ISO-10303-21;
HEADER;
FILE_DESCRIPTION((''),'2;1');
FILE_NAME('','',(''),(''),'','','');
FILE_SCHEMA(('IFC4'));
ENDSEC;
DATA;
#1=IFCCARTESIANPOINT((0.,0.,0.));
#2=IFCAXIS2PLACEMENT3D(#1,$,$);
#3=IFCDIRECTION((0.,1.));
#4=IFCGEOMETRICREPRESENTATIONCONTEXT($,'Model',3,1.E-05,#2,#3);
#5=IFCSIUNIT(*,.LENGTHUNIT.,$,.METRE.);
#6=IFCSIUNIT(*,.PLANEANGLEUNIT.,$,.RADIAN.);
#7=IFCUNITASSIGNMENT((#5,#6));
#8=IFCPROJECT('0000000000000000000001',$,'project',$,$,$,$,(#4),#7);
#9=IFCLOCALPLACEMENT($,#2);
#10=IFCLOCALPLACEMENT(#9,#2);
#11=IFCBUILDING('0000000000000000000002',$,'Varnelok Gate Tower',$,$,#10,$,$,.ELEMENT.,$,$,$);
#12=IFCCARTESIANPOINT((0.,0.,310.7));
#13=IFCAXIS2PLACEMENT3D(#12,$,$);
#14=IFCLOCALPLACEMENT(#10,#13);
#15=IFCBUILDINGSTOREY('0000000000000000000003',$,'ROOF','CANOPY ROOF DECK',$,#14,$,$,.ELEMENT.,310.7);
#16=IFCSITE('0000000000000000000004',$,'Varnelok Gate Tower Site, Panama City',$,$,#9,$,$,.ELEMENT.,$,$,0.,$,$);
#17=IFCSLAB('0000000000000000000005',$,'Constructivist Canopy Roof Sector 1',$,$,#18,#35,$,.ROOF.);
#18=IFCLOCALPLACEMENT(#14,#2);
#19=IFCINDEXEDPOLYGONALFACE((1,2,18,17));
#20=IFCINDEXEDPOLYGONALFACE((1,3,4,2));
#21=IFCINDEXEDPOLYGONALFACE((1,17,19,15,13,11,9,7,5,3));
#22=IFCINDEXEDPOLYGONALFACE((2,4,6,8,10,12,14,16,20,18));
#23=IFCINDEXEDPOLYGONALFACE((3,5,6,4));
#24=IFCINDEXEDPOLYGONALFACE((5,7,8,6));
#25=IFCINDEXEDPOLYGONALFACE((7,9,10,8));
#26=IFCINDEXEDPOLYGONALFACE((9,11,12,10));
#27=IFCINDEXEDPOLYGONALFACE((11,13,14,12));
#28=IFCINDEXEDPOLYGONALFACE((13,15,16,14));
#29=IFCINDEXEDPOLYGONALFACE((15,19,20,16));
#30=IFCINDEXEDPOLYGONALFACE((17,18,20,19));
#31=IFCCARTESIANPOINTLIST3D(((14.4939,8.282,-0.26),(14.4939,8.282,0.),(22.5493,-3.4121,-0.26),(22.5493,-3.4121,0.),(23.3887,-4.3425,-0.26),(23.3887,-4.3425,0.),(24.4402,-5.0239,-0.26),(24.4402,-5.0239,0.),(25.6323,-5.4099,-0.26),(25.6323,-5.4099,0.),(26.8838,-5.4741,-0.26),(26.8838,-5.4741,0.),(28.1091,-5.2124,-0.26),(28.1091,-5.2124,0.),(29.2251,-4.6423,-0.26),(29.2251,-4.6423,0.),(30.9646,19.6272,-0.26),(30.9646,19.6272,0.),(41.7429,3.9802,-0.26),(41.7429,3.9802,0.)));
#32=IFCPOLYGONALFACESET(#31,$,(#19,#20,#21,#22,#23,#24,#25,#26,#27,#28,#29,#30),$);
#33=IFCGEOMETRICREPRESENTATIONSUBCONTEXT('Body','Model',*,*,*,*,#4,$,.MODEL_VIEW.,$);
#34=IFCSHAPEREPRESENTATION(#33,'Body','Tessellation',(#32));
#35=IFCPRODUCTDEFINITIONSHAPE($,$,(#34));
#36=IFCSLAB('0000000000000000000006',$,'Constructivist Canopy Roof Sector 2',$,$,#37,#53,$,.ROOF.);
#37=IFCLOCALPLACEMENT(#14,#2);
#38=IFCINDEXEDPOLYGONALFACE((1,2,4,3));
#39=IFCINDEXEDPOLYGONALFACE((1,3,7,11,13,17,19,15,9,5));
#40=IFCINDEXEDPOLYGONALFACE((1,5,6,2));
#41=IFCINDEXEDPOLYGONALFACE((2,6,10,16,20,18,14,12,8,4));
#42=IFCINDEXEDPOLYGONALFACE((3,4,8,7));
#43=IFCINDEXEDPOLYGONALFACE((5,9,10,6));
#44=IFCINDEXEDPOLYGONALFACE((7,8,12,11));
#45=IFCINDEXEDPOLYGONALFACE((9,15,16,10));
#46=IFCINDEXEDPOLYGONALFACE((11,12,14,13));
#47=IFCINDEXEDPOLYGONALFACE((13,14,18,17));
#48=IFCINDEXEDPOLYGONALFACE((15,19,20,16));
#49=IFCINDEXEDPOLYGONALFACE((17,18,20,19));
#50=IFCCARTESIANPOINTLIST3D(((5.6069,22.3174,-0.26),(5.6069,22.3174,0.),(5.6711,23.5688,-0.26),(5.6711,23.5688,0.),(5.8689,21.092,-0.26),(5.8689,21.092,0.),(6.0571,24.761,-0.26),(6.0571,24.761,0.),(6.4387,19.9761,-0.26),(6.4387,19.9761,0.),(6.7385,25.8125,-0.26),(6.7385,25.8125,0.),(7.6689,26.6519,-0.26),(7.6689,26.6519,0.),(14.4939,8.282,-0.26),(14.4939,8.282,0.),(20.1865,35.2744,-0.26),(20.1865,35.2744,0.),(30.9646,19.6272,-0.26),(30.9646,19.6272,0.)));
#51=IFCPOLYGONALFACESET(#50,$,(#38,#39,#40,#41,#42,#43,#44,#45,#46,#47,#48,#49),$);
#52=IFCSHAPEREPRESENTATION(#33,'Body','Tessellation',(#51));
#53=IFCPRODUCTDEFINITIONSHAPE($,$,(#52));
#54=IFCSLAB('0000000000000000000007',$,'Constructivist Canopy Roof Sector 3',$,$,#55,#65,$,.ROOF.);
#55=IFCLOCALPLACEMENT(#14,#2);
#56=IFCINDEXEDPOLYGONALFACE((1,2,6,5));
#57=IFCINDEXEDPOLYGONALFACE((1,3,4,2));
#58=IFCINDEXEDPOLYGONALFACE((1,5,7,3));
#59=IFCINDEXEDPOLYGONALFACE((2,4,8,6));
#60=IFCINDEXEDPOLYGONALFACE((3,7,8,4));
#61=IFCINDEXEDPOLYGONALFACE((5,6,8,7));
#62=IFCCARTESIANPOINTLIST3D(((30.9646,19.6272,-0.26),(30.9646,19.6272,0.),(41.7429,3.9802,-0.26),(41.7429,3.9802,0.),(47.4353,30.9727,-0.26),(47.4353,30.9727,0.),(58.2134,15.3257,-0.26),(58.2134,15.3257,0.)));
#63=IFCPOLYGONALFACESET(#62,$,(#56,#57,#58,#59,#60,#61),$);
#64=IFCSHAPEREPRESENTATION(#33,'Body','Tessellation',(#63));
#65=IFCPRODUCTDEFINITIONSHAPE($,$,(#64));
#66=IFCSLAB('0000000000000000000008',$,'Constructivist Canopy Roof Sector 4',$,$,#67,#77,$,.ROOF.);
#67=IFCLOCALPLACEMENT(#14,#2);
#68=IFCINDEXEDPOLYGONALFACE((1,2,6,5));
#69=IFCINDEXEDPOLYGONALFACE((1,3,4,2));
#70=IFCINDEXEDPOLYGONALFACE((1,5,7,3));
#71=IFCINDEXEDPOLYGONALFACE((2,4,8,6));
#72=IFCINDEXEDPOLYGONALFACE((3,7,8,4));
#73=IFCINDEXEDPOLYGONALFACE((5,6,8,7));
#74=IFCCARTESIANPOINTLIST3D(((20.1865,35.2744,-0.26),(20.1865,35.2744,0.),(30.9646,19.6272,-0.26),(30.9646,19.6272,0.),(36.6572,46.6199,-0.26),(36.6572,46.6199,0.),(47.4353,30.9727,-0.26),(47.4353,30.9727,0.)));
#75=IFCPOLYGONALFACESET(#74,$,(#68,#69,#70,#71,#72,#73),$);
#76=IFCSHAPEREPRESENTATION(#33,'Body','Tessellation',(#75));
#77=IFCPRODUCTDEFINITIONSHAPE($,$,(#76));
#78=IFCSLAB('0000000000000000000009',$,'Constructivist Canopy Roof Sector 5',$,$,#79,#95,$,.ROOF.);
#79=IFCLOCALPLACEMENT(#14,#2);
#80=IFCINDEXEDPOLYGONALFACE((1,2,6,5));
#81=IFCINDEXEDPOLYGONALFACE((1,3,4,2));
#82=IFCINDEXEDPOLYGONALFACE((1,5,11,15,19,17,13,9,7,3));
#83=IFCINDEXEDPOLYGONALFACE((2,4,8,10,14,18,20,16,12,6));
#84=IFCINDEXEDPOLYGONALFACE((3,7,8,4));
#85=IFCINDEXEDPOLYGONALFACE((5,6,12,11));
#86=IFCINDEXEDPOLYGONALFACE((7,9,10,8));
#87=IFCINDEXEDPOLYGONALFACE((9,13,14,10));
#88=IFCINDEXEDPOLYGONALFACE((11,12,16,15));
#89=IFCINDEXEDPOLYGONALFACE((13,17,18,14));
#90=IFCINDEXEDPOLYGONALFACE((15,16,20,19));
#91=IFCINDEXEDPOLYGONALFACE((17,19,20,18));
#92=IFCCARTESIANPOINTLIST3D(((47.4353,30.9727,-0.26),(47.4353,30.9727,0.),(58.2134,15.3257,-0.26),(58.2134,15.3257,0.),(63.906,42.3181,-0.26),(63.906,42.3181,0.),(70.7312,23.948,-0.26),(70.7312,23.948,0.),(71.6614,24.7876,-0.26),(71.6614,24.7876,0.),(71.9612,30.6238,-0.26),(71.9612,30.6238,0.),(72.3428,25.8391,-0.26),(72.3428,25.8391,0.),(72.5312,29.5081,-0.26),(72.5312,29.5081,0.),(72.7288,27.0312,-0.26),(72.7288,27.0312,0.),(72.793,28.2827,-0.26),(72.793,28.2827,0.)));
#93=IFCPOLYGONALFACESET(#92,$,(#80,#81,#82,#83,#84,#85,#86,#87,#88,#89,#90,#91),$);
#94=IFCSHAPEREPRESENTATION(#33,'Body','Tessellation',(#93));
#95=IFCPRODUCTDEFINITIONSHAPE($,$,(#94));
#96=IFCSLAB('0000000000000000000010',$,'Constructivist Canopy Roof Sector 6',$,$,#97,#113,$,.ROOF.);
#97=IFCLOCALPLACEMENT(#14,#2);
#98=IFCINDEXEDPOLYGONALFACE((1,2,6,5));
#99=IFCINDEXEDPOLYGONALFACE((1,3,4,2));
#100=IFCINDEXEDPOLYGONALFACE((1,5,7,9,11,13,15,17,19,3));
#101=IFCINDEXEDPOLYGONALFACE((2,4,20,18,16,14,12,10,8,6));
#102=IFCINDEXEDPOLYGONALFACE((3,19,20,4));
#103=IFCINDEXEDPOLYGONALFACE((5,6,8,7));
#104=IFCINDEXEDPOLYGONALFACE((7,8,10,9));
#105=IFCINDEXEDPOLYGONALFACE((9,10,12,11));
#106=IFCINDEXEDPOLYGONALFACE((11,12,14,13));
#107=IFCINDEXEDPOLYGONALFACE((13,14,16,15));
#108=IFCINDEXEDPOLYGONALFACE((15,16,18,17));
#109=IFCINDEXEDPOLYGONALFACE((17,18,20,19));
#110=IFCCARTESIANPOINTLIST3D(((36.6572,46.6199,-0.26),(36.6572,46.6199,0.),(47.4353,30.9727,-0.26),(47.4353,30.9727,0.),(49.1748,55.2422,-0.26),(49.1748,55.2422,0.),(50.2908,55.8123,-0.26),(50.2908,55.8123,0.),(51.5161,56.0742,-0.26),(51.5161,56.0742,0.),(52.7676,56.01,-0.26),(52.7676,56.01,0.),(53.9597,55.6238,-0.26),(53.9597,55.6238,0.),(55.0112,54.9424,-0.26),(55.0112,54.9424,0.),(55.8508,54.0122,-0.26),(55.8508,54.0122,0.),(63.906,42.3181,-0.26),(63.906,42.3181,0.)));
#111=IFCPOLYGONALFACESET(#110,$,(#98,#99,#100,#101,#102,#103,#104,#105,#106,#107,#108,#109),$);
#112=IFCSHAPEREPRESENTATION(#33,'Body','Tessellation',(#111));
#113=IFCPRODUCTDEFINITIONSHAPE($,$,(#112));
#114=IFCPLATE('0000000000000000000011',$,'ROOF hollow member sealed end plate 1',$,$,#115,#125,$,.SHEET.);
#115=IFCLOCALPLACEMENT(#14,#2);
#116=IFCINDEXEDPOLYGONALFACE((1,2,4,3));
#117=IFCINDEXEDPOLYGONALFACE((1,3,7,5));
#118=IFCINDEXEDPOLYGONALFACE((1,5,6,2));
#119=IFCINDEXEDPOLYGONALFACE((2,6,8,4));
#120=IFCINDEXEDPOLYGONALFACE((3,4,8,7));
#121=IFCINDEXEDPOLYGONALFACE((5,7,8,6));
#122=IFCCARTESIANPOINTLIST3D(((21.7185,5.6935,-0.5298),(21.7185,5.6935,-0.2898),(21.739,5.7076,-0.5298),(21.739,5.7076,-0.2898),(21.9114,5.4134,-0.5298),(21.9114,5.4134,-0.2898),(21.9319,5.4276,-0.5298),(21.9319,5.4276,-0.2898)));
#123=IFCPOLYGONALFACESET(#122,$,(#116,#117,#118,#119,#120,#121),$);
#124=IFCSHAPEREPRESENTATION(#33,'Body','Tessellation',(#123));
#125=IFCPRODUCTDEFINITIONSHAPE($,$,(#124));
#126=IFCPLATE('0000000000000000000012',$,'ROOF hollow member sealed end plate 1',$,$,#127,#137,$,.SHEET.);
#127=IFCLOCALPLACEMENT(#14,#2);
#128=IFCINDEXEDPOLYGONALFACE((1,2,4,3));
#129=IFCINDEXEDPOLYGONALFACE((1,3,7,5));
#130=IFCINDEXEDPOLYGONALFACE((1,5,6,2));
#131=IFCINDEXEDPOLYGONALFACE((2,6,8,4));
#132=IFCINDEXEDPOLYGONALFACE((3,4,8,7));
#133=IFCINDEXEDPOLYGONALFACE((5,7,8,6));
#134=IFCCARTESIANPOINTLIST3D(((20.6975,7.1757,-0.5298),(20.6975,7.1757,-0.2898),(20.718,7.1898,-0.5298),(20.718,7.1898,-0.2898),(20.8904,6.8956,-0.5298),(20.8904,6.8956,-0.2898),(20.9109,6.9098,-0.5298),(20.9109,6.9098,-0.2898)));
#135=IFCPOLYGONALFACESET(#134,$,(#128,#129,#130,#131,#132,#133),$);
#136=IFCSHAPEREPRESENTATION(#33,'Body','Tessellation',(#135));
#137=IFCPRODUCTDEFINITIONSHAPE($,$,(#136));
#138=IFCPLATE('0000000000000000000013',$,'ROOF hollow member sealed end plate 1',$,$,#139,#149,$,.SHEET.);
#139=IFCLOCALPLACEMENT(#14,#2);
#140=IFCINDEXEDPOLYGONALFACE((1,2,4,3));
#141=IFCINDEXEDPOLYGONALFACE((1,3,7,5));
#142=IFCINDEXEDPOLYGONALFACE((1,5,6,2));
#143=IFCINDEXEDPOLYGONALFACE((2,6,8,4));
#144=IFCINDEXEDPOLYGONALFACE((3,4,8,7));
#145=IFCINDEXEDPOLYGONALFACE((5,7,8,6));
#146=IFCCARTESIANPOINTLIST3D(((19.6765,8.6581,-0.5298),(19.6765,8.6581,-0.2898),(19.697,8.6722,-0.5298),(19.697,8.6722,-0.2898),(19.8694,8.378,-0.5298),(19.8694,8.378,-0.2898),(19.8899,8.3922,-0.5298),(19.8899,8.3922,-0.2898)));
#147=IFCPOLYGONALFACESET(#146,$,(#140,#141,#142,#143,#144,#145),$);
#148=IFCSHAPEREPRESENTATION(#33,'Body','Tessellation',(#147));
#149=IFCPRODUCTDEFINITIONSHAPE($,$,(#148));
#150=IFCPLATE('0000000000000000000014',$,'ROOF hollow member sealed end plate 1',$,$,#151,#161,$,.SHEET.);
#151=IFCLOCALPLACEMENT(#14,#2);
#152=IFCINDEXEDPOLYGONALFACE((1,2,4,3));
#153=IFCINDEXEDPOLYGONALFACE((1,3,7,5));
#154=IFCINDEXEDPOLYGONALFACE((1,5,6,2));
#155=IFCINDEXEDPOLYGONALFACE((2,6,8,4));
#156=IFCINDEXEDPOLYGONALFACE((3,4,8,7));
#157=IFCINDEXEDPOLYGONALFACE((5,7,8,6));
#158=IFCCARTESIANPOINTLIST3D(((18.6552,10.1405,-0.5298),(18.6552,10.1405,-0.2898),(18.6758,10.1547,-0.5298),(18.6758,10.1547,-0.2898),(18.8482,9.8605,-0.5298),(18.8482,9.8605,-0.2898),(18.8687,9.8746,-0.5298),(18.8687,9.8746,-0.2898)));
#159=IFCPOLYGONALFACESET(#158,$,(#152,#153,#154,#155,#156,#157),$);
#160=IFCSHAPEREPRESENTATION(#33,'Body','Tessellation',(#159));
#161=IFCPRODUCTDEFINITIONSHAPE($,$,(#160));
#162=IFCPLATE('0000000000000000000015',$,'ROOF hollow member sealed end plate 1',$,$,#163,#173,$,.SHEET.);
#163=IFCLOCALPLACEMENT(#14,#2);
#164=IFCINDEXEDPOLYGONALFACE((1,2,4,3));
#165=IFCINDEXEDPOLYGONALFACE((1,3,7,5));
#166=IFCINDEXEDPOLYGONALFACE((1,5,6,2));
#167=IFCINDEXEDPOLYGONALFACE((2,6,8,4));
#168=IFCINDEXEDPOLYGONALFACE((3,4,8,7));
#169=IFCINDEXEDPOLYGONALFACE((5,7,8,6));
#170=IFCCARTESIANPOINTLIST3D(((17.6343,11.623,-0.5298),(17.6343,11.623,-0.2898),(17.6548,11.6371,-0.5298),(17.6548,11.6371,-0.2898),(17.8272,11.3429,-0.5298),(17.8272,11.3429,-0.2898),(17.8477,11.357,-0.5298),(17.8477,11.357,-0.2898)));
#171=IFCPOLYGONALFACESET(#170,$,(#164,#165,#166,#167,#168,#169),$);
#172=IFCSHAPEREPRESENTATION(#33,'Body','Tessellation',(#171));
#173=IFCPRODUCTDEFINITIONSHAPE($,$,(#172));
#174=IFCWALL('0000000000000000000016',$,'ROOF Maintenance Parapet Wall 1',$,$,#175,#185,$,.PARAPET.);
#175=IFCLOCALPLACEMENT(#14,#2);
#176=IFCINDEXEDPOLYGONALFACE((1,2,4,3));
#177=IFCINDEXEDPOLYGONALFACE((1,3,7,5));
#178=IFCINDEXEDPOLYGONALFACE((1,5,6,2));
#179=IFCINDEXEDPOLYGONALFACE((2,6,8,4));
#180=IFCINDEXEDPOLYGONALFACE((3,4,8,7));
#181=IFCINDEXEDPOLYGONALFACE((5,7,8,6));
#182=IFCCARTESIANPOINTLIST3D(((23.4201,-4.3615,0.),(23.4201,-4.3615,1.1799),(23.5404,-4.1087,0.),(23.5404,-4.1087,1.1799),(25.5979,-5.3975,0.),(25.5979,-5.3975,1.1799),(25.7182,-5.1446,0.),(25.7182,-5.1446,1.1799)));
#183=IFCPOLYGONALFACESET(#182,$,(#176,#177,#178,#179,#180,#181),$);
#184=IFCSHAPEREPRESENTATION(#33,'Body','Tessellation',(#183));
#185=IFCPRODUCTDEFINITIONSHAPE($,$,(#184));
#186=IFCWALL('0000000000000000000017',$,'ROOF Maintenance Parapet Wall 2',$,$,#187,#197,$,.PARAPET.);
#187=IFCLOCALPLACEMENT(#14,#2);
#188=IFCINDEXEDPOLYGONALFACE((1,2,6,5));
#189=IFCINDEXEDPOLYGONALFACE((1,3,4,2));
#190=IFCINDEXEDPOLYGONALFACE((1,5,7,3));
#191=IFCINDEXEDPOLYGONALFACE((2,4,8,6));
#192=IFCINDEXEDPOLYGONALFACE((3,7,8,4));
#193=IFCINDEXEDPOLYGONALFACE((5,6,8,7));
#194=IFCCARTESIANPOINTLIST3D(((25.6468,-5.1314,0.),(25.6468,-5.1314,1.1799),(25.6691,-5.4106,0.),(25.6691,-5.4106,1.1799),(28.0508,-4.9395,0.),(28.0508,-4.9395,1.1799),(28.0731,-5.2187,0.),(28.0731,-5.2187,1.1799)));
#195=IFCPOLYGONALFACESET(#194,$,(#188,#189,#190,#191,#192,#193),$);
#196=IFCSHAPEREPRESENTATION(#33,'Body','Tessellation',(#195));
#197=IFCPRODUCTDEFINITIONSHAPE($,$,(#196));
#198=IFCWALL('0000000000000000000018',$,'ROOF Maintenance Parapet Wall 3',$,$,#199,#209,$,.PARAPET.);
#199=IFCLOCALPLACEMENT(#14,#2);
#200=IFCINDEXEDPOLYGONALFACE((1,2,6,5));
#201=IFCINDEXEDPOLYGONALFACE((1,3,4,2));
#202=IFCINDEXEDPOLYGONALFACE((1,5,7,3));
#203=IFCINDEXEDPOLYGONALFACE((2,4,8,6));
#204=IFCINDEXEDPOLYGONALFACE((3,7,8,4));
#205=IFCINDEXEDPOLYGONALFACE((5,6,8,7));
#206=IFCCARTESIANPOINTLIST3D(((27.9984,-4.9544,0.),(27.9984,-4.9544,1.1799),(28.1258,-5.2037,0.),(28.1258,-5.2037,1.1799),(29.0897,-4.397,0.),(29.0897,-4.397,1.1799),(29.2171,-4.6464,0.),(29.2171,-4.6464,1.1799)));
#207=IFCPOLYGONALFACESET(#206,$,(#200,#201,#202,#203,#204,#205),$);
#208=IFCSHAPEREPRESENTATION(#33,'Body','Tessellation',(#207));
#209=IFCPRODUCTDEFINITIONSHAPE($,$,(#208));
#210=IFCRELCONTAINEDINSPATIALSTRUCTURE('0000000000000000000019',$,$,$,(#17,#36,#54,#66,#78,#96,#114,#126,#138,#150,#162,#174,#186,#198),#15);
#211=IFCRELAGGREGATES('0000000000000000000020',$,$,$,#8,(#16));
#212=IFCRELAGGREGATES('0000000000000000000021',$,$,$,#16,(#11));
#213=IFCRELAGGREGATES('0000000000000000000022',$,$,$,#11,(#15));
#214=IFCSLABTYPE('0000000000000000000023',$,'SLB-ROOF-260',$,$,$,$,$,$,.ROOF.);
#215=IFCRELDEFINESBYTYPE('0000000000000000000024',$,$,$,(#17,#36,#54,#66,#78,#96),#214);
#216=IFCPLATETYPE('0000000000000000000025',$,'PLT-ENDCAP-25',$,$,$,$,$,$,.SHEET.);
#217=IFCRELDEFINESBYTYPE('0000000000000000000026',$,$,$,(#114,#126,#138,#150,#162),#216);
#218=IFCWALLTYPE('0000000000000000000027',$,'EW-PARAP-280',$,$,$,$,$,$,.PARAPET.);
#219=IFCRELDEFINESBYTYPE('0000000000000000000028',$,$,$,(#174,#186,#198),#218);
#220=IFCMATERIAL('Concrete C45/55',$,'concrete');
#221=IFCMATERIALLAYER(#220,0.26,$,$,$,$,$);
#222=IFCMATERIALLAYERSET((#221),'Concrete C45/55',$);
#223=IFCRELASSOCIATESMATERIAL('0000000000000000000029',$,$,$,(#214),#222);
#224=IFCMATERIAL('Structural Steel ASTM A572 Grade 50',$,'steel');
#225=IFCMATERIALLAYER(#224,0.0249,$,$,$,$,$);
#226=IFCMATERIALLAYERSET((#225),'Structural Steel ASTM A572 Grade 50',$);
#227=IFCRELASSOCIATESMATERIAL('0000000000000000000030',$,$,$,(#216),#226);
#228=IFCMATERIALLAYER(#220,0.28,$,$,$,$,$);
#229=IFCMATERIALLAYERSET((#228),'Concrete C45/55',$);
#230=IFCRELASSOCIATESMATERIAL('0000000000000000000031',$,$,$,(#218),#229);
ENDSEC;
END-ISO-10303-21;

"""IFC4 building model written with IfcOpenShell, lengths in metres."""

from ifc_helpers import new_model, si_unit, direction, frame, frame_2d, origin, origin_2d, place, context, subcontext, project, spatial, polyline, rectangle, outline, extrude, source, transform, mapped, material, layer, layer_set, type_object, element, save


model = new_model("IFC4")

# Units and contexts
model_context = context("Model", 3, precision=1e-05, world=origin(), true_north=direction((0.0, 1.0)))
body_context = subcontext(model_context, "Body", "Model", "MODEL_VIEW")
ifc_project = project(units=[si_unit("LENGTHUNIT", "METRE"), si_unit("PLANEANGLEUNIT", "RADIAN")], contexts=[model_context])

# Site, building, storey
site_placement = place(None, origin())
site = spatial("IfcSite", under=ifc_project, at=site_placement, Name="Varnelok Gate Tower Site, Panama City", CompositionType="ELEMENT", RefElevation=0.0)
building_placement = place(site_placement, origin())
building = spatial("IfcBuilding", under=site, at=building_placement, Name="Varnelok Gate Tower", CompositionType="ELEMENT")
storey_placement = place(building_placement, frame((0.0, 0.0, 310.7)))
storey = spatial("IfcBuildingStorey", under=building, at=storey_placement, Name="ROOF", Description="CANOPY ROOF DECK", CompositionType="ELEMENT", Elevation=310.7)

# Slabs
ifc_material_1 = material(Name="Concrete C45/55", Category="concrete")
ifc_layer_1 = layer(ifc_material_1, 0.26)
ifc_layer_set_1 = layer_set([ifc_layer_1], Name="Concrete C45/55")
slab_type = type_object("IfcSlabType", Name="SLB-ROOF-260", PredefinedType="ROOF", material=ifc_layer_set_1)
slab_1_placement = place(storey_placement, frame((0.0, 0.0, -0.26)))
element("IfcSlab", 1, at=slab_1_placement, inside=storey, type_object=slab_type, Name="Constructivist Canopy Roof Sector 1", PredefinedType="ROOF", context=body_context, shape_type="SweptSolid", body=[
    extrude(outline(polyline([(29.2251, -4.6423), (28.1091, -5.2124), (26.8838, -5.4741), (25.6323, -5.4099), (24.4402, -5.0239), (23.3887, -4.3425), (22.5493, -3.4121), (14.4939, 8.282), (30.9646, 19.6272), (41.7429, 3.9802), (29.2251, -4.6423)])), origin(), (0.0, 0.0, 1.0), 0.26),
])
slab_2_placement = place(storey_placement, frame((0.0, 0.0, -0.26)))
element("IfcSlab", 2, at=slab_2_placement, inside=storey, type_object=slab_type, Name="Constructivist Canopy Roof Sector 2", PredefinedType="ROOF", context=body_context, shape_type="SweptSolid", body=[
    extrude(outline(polyline([(6.4387, 19.9761), (5.8689, 21.092), (5.6069, 22.3174), (5.6711, 23.5688), (6.0571, 24.761), (6.7385, 25.8125), (7.6689, 26.6519), (20.1865, 35.2744), (30.9646, 19.6272), (14.4939, 8.282), (6.4387, 19.9761)])), origin(), (0.0, 0.0, 1.0), 0.26),
])
slab_3_placement = place(storey_placement, frame((0.0, 0.0, -0.26)))
element("IfcSlab", 3, at=slab_3_placement, inside=storey, type_object=slab_type, Name="Constructivist Canopy Roof Sector 3", PredefinedType="ROOF", context=body_context, shape_type="SweptSolid", body=[
    extrude(outline(polyline([(41.7429, 3.9802), (30.9646, 19.6272), (47.4353, 30.9727), (58.2134, 15.3257), (41.7429, 3.9802)])), origin(), (0.0, 0.0, 1.0), 0.26),
])
slab_4_placement = place(storey_placement, frame((0.0, 0.0, -0.26)))
element("IfcSlab", 4, at=slab_4_placement, inside=storey, type_object=slab_type, Name="Constructivist Canopy Roof Sector 4", PredefinedType="ROOF", context=body_context, shape_type="SweptSolid", body=[
    extrude(outline(polyline([(36.6572, 46.6199), (47.4353, 30.9727), (30.9646, 19.6272), (20.1865, 35.2744), (36.6572, 46.6199)])), origin(), (0.0, 0.0, 1.0), 0.26),
])
slab_5_placement = place(storey_placement, frame((0.0, 0.0, -0.26)))
element("IfcSlab", 5, at=slab_5_placement, inside=storey, type_object=slab_type, Name="Constructivist Canopy Roof Sector 5", PredefinedType="ROOF", context=body_context, shape_type="SweptSolid", body=[
    extrude(outline(polyline([(71.9612, 30.6238), (72.5312, 29.5081), (72.793, 28.2827), (72.7288, 27.0312), (72.3428, 25.8391), (71.6614, 24.7876), (70.7312, 23.948), (58.2134, 15.3257), (47.4353, 30.9727), (63.906, 42.3181), (71.9612, 30.6238)])), origin(), (0.0, 0.0, 1.0), 0.26),
])
slab_6_placement = place(storey_placement, frame((0.0, 0.0, -0.26)))
element("IfcSlab", 6, at=slab_6_placement, inside=storey, type_object=slab_type, Name="Constructivist Canopy Roof Sector 6", PredefinedType="ROOF", context=body_context, shape_type="SweptSolid", body=[
    extrude(outline(polyline([(49.1748, 55.2422), (50.2908, 55.8123), (51.5161, 56.0742), (52.7676, 56.01), (53.9597, 55.6238), (55.0112, 54.9424), (55.8508, 54.0122), (63.906, 42.3181), (47.4353, 30.9727), (36.6572, 46.6199), (49.1748, 55.2422)])), origin(), (0.0, 0.0, 1.0), 0.26),
])

# Plates
ifc_material_2 = material(Name="Structural Steel ASTM A572 Grade 50", Category="steel")
ifc_layer_2 = layer(ifc_material_2, 0.0249)
ifc_layer_set_2 = layer_set([ifc_layer_2], Name="Structural Steel ASTM A572 Grade 50")
plate_type = type_object("IfcPlateType", Name="PLT-ENDCAP-25", PredefinedType="SHEET", material=ifc_layer_set_2)
shared_shape_1 = source(origin(), body_context, "Body", "SweptSolid", [
    extrude(rectangle(XDim=0.0249, YDim=0.3401, at=origin_2d()), origin(), (0.0, 0.0, 1.0), 0.24),
])
for number, where, z_axis, x_axis, name in (
    (7, (21.8252, 5.5605, -0.5298), (0.0, 0.0, 1.0), (0.823533, 0.567269, 0.0), "ROOF hollow member sealed end plate 1"),
    (8, (20.8042, 7.0427, -0.5298), (0.0, 0.0, 1.0), (0.823533, 0.567269, 0.0), "ROOF hollow member sealed end plate 1"),
    (9, (19.7832, 8.5251, -0.5298), (0.0, 0.0, 1.0), (0.823533, 0.567269, 0.0), "ROOF hollow member sealed end plate 1"),
    (10, (18.762, 10.0076, -0.5298), (0.0, 0.0, 1.0), (0.823533, 0.567269, 0.0), "ROOF hollow member sealed end plate 1"),
    (11, (17.741, 11.49, -0.5298), (0.0, 0.0, 1.0), (0.823533, 0.567269, 0.0), "ROOF hollow member sealed end plate 1"),
):
    element("IfcPlate", number, at=place(storey_placement, frame(where, z_axis=z_axis, x_axis=x_axis)), inside=storey, type_object=plate_type, Name=name, PredefinedType="SHEET", context=body_context, shape_type="MappedRepresentation", body=[
        mapped(shared_shape_1, transform((0.0, 0.0, 0.0), scale=1.0)),
    ])

# Walls
ifc_layer_3 = layer(ifc_material_1, 0.28)
ifc_layer_set_3 = layer_set([ifc_layer_3], Name="Concrete C45/55")
wall_type = type_object("IfcWallType", Name="EW-PARAP-280", PredefinedType="PARAPET", material=ifc_layer_set_3)
for number, where, z_axis, x_axis, name in (
    (12, (23.4802, -4.2351, 0.0), (0.0, 0.0, 1.0), (0.903042, -0.429552, 0.0), "ROOF Maintenance Parapet Wall 1"),
    (13, (25.658, -5.271, 0.0), (0.0, 0.0, 1.0), (0.996829, 0.079568, 0.0), "ROOF Maintenance Parapet Wall 2"),
):
    element("IfcWall", number, at=place(storey_placement, frame(where, z_axis=z_axis, x_axis=x_axis)), inside=storey, type_object=wall_type, Name=name, PredefinedType="PARAPET", context=body_context, shape_type="SweptSolid", body=[
        extrude(rectangle(XDim=2.4116, YDim=0.28, at=frame_2d((1.2058, 0.0))), origin(), (0.0, 0.0, 1.0), 1.1799),
    ])
wall_1_placement = place(storey_placement, frame((28.062, -5.0791, 0.0), z_axis=(0.0, 0.0, 1.0), x_axis=(0.890569, 0.454848, 0.0)))
element("IfcWall", 14, at=wall_1_placement, inside=storey, type_object=wall_type, Name="ROOF Maintenance Parapet Wall 3", PredefinedType="PARAPET", context=body_context, shape_type="SweptSolid", body=[
    extrude(rectangle(XDim=1.2253, YDim=0.28, at=frame_2d((0.6128, 0.0))), origin(), (0.0, 0.0, 1.0), 1.1799),
])

save(model, "model.ifc")
